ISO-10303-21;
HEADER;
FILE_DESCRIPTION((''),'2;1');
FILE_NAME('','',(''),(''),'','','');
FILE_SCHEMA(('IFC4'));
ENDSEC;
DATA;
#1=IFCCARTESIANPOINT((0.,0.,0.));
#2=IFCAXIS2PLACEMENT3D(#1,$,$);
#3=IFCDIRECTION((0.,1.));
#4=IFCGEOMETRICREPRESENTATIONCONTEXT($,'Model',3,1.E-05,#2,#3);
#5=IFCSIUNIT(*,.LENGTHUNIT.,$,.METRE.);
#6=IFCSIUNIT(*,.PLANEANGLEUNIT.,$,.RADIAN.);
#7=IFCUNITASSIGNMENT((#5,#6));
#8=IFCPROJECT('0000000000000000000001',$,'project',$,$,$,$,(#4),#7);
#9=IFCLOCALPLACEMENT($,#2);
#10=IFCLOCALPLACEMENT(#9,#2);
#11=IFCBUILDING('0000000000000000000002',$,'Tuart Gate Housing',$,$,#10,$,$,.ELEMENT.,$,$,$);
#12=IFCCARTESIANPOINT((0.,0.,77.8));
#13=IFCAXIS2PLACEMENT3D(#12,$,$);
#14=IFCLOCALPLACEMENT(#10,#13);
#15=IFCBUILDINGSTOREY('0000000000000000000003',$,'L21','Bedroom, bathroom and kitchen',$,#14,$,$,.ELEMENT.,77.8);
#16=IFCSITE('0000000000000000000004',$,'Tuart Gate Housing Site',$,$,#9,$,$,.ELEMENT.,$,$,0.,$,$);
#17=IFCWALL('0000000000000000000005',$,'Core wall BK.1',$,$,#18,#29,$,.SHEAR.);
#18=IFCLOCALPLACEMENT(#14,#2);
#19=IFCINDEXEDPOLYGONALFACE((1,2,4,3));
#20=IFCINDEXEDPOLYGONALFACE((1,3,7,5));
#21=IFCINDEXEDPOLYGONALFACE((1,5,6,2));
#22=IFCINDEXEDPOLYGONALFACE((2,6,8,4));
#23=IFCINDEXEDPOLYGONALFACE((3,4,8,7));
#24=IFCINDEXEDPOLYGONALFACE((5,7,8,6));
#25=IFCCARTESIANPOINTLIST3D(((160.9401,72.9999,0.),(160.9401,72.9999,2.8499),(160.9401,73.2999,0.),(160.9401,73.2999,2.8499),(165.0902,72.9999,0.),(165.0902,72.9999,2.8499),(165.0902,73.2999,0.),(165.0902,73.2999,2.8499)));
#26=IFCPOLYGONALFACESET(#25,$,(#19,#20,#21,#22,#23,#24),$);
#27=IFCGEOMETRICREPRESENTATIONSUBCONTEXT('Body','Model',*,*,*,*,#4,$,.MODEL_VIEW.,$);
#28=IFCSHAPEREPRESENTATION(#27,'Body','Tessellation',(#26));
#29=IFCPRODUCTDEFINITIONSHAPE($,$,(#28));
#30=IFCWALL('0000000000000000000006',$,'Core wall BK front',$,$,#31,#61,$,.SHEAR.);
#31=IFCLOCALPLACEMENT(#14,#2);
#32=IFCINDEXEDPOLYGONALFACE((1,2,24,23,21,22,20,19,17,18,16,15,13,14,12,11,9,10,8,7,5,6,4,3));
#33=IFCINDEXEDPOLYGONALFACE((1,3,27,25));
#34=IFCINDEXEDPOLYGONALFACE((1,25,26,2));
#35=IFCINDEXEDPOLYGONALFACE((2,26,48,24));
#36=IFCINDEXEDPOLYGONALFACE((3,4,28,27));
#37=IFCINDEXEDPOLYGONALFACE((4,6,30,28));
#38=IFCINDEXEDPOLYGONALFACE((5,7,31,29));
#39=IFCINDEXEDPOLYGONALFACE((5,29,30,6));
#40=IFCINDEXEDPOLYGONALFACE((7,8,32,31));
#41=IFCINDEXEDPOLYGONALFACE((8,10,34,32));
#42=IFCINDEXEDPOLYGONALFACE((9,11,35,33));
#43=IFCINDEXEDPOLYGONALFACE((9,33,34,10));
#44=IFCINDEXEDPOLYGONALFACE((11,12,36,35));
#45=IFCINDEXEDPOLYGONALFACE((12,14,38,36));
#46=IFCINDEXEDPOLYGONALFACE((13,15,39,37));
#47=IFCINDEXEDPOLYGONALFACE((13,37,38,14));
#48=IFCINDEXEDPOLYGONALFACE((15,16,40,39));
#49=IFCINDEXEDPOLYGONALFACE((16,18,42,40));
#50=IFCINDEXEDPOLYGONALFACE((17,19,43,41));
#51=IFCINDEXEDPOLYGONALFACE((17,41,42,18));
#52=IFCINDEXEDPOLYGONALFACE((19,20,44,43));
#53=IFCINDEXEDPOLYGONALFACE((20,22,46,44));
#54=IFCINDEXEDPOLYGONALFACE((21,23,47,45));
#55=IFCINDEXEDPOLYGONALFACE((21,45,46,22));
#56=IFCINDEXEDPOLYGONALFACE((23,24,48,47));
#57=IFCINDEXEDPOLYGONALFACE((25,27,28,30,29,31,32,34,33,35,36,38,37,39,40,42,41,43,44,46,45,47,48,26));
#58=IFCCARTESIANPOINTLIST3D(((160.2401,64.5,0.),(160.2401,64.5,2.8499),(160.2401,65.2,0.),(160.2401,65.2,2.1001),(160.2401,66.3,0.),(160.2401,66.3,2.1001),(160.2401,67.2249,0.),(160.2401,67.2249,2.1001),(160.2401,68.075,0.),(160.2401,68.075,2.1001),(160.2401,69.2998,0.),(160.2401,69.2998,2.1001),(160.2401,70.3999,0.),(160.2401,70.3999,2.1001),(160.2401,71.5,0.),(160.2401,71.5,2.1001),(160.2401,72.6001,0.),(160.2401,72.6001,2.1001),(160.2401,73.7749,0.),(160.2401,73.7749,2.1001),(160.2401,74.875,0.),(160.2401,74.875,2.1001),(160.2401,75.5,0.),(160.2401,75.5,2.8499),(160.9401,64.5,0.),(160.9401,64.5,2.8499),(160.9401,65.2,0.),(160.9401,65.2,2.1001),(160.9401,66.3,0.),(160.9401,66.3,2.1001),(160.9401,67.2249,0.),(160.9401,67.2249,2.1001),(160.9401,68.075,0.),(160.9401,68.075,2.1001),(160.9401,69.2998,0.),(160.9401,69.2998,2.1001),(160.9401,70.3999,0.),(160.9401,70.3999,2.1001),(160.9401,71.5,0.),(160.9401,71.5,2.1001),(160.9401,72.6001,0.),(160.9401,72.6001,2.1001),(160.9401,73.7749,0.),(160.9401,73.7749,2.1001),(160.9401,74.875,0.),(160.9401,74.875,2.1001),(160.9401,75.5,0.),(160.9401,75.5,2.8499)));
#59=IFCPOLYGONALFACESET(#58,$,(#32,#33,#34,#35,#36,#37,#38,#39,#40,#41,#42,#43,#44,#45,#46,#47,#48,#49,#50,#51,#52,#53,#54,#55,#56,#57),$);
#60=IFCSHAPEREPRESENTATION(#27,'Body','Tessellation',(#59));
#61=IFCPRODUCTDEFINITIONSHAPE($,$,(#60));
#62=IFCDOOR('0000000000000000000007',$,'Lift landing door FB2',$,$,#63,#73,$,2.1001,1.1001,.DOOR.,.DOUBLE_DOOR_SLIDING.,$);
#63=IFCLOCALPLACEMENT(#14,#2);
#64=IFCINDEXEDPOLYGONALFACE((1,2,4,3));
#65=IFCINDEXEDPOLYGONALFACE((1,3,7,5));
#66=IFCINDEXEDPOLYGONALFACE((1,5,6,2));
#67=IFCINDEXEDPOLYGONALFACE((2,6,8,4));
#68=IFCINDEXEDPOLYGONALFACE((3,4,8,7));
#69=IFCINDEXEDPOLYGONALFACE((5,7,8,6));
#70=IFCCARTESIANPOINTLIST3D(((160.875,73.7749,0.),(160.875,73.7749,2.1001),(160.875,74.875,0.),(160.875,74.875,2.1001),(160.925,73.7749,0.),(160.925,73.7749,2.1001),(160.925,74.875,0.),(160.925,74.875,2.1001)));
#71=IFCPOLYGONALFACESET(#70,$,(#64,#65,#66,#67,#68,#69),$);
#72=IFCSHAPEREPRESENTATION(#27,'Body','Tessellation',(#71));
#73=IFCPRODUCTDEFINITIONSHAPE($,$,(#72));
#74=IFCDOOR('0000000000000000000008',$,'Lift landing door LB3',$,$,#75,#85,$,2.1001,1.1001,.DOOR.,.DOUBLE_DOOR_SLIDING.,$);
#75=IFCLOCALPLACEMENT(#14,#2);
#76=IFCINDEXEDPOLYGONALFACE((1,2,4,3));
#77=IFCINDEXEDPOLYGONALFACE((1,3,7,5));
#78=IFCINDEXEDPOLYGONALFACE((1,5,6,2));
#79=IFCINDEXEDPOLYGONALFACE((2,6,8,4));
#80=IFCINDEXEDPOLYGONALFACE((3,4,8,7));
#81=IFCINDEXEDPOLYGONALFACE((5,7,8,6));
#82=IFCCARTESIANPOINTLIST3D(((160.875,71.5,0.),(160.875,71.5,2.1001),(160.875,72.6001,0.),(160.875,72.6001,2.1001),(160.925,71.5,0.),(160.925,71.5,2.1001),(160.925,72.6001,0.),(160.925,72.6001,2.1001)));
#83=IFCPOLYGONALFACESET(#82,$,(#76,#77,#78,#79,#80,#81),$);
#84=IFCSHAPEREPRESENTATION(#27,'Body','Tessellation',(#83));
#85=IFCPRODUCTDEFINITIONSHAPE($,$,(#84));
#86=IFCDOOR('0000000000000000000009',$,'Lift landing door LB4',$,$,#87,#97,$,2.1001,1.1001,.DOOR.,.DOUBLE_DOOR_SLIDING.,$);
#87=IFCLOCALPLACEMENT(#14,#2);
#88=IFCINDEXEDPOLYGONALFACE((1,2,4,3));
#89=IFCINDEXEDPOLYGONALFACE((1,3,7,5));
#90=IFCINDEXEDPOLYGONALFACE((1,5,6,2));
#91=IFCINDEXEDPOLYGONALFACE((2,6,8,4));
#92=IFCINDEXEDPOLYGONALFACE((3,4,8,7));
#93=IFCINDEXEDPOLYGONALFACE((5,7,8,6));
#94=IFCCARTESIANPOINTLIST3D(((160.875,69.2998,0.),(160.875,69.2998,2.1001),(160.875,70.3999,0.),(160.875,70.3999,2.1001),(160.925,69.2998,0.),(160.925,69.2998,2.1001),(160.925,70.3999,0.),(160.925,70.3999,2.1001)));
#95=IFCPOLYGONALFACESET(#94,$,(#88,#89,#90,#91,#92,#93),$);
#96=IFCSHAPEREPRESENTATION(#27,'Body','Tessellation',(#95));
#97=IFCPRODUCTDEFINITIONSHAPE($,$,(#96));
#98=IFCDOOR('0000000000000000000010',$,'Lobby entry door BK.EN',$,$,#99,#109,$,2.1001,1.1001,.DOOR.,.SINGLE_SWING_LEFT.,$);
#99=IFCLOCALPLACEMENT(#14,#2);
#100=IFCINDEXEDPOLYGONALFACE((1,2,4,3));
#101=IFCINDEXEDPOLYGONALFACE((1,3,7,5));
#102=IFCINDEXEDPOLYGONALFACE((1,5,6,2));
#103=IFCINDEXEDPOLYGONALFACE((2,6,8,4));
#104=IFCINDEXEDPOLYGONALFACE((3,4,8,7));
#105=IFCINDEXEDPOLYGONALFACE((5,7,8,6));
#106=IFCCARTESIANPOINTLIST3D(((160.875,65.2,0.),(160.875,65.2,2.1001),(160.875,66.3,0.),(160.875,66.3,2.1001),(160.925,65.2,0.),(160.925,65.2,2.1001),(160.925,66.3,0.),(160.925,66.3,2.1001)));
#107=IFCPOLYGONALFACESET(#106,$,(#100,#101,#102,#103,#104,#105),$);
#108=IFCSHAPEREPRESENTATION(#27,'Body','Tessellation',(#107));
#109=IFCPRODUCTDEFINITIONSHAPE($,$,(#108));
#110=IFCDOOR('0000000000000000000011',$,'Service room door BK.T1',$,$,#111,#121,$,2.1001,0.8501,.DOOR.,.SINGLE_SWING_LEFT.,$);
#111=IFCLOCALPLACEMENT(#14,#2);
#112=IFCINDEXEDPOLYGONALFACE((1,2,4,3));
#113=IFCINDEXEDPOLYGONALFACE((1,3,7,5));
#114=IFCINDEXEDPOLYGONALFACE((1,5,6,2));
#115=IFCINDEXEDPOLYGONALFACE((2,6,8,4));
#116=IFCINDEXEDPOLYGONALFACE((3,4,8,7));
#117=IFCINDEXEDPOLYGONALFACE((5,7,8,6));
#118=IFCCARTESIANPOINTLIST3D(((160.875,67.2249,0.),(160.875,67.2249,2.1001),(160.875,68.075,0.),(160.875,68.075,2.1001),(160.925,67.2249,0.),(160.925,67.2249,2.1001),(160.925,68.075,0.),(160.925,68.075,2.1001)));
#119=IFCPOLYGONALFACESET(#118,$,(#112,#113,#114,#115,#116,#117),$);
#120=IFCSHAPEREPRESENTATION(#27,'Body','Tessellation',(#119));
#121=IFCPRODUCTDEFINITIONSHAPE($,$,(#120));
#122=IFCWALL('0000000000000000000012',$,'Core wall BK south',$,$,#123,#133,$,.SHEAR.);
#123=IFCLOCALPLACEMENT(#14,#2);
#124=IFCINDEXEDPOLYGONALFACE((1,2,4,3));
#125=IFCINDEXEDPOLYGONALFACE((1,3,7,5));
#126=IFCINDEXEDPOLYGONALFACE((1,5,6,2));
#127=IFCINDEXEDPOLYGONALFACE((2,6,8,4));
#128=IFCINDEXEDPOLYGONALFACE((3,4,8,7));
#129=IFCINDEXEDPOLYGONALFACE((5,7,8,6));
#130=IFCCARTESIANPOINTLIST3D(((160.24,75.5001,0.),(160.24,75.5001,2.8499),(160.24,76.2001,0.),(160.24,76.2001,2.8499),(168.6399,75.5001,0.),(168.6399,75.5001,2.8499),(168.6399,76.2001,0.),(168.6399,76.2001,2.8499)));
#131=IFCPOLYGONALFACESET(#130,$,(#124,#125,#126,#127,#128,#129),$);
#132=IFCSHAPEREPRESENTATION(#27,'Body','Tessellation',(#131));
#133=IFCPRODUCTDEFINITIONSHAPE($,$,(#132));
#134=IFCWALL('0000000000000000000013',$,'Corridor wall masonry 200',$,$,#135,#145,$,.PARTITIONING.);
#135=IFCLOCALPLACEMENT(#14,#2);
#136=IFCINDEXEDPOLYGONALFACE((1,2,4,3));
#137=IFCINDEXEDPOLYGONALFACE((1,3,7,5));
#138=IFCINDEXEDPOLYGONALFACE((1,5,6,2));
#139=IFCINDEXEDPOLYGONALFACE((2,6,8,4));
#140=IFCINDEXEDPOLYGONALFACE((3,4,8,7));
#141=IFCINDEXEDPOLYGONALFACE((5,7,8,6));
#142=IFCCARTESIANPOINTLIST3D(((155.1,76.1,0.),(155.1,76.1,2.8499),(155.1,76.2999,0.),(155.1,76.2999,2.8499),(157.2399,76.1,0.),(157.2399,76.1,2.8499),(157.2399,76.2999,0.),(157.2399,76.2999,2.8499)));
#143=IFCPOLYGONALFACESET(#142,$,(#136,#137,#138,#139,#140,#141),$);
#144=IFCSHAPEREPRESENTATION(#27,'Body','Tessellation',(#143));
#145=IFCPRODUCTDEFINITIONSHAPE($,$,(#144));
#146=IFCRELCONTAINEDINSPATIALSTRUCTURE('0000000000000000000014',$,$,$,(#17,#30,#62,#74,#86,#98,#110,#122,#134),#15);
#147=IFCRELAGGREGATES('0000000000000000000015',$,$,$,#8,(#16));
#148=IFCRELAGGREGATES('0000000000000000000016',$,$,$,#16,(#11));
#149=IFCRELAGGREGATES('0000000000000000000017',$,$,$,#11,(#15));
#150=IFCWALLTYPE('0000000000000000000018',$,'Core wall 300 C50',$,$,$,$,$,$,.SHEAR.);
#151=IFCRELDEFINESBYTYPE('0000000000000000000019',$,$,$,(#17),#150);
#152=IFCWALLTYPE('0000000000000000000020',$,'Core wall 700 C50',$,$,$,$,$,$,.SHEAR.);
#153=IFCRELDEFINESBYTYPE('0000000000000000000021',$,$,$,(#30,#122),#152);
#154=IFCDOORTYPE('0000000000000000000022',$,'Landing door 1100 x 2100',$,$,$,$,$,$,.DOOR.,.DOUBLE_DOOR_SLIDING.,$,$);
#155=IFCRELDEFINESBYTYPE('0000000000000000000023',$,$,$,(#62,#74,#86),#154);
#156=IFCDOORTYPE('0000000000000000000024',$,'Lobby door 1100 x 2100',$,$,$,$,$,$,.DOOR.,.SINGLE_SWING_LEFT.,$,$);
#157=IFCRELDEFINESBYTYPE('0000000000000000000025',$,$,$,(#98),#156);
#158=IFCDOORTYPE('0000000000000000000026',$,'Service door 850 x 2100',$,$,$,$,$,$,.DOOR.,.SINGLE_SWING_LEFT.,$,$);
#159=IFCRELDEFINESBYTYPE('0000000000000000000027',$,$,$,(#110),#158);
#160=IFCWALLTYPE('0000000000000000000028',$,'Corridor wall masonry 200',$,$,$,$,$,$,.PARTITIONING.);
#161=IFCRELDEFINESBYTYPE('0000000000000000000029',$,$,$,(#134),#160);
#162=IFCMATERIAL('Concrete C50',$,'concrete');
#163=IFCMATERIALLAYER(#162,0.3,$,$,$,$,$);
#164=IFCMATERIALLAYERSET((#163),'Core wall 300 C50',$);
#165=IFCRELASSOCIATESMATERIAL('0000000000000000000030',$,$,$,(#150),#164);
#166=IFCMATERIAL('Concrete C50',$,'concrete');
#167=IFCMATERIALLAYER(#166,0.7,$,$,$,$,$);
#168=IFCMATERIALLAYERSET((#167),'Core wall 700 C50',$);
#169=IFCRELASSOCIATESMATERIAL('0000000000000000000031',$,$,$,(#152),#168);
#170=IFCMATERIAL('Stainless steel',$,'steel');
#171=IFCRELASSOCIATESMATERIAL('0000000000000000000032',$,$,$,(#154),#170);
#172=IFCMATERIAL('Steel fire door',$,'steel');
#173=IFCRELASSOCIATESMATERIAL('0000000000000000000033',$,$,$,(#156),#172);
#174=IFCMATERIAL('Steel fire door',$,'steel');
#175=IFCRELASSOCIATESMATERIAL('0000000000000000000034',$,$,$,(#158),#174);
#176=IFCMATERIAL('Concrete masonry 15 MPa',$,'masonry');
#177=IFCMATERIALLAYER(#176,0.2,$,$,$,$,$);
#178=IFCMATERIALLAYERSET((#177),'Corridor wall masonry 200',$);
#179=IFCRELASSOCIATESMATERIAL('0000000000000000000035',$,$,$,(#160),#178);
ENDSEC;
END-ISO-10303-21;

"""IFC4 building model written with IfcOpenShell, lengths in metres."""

from ifc_helpers import new_model, si_unit, direction, frame, frame_2d, origin, place, context, subcontext, project, spatial, rectangle, extrude, material, layer, layer_set, type_object, element, fill, save


model = new_model("IFC4")

# Units and contexts
model_context = context("Model", 3, precision=1e-05, world=origin(), true_north=direction((0.0, 1.0)))
body_context = subcontext(model_context, "Body", "Model", "MODEL_VIEW")
ifc_project = project(units=[si_unit("LENGTHUNIT", "METRE"), si_unit("PLANEANGLEUNIT", "RADIAN")], contexts=[model_context])

# Site, building, storey
site_placement = place(None, origin())
site = spatial("IfcSite", under=ifc_project, at=site_placement, Name="Tuart Gate Housing Site", CompositionType="ELEMENT", RefElevation=0.0)
building_placement = place(site_placement, origin())
building = spatial("IfcBuilding", under=site, at=building_placement, Name="Tuart Gate Housing", CompositionType="ELEMENT")
storey_placement = place(building_placement, frame((0.0, 0.0, 77.8)))
storey = spatial("IfcBuildingStorey", under=building, at=storey_placement, Name="L21", Description="Bedroom, bathroom and kitchen", CompositionType="ELEMENT", Elevation=77.8)

# Wall
ifc_material_1 = material(Name="Concrete C50", Category="concrete")
ifc_layer_1 = layer(ifc_material_1, 0.3)
ifc_layer_set_1 = layer_set([ifc_layer_1], Name="Core wall 300 C50")
wall_type_1 = type_object("IfcWallType", Name="Core wall 300 C50", PredefinedType="SHEAR", material=ifc_layer_set_1)
wall_1_placement = place(storey_placement, frame((160.9399, 73.1499, 0.0), z_axis=(0.0, 0.0, 1.0), x_axis=(1.0, 0.0, 0.0)))
element("IfcWall", 1, at=wall_1_placement, inside=storey, type_object=wall_type_1, Name="Core wall BK.1", PredefinedType="SHEAR", context=body_context, shape_type="SweptSolid", body=[
    extrude(rectangle(XDim=4.1501, YDim=0.3, at=frame_2d((2.0752, 0.0))), origin(), (0.0, 0.0, 1.0), 2.8499),
])

# Wall, openings, doors
ifc_material_2 = material(Name="Concrete C50", Category="concrete")
ifc_layer_2 = layer(ifc_material_2, 0.7)
ifc_layer_set_2 = layer_set([ifc_layer_2], Name="Core wall 700 C50")
wall_type_2 = type_object("IfcWallType", Name="Core wall 700 C50", PredefinedType="SHEAR", material=ifc_layer_set_2)
wall_2_placement = place(storey_placement, frame((160.5901, 75.5, 0.0), z_axis=(0.0, 0.0, 1.0), x_axis=(0.0, -1.0, 0.0)))
wall_2 = element("IfcWall", 2, at=wall_2_placement, inside=storey, type_object=wall_type_2, Name="Core wall BK front", PredefinedType="SHEAR", context=body_context, shape_type="SweptSolid", body=[
    extrude(rectangle(XDim=11.0, YDim=0.7, at=frame_2d((5.5, 0.0))), origin(), (0.0, 0.0, 1.0), 2.8499),
])
opening_1_placement = place(wall_2_placement, frame((0.625, 0.0, 0.0)))
opening_1 = element("IfcOpeningElement", 3, at=opening_1_placement, cuts=wall_2, PredefinedType="OPENING", context=body_context, shape_type="SweptSolid", body=[
    extrude(rectangle(XDim=1.1001, YDim=2.1001, at=frame_2d((0.55, 1.05))), frame((0.0, 0.3599, 0.0), z_axis=(0.0, -1.0, 0.0), x_axis=(1.0, 0.0, 0.0)), (0.0, 0.0, 1.0), 0.72),
])
opening_2_placement = place(wall_2_placement, frame((2.8999, 0.0, 0.0)))
opening_2 = element("IfcOpeningElement", 4, at=opening_2_placement, cuts=wall_2, PredefinedType="OPENING", context=body_context, shape_type="SweptSolid", body=[
    extrude(rectangle(XDim=1.1001, YDim=2.1001, at=frame_2d((0.55, 1.05))), frame((0.0, 0.3599, 0.0), z_axis=(0.0, -1.0, 0.0), x_axis=(1.0, 0.0, 0.0)), (0.0, 0.0, 1.0), 0.72),
])
opening_3_placement = place(wall_2_placement, frame((5.1001, 0.0, 0.0)))
opening_3 = element("IfcOpeningElement", 5, at=opening_3_placement, cuts=wall_2, PredefinedType="OPENING", context=body_context, shape_type="SweptSolid", body=[
    extrude(rectangle(XDim=1.1001, YDim=2.1001, at=frame_2d((0.55, 1.05))), frame((0.0, 0.3599, 0.0), z_axis=(0.0, -1.0, 0.0), x_axis=(1.0, 0.0, 0.0)), (0.0, 0.0, 1.0), 0.72),
])
opening_4_placement = place(wall_2_placement, frame((9.2, 0.0, 0.0)))
opening_4 = element("IfcOpeningElement", 6, at=opening_4_placement, cuts=wall_2, PredefinedType="OPENING", context=body_context, shape_type="SweptSolid", body=[
    extrude(rectangle(XDim=1.1001, YDim=2.1001, at=frame_2d((0.55, 1.05))), frame((0.0, 0.3599, 0.0), z_axis=(0.0, -1.0, 0.0), x_axis=(1.0, 0.0, 0.0)), (0.0, 0.0, 1.0), 0.72),
])
opening_5_placement = place(wall_2_placement, frame((7.425, 0.0, 0.0)))
opening_5 = element("IfcOpeningElement", 7, at=opening_5_placement, cuts=wall_2, PredefinedType="OPENING", context=body_context, shape_type="SweptSolid", body=[
    extrude(rectangle(XDim=0.8501, YDim=2.1001, at=frame_2d((0.425, 1.05))), frame((0.0, 0.3599, 0.0), z_axis=(0.0, -1.0, 0.0), x_axis=(1.0, 0.0, 0.0)), (0.0, 0.0, 1.0), 0.72),
])
ifc_material_3 = material(Name="Stainless steel", Category="steel")
door_type_1 = type_object("IfcDoorType", Name="Landing door 1100 x 2100", OperationType="DOUBLE_DOOR_SLIDING", PredefinedType="DOOR", material=ifc_material_3)
door_1_placement = place(opening_1_placement, origin())
door_1 = element("IfcDoor", 8, at=door_1_placement, inside=storey, type_object=door_type_1, Name="Lift landing door FB2", OperationType="DOUBLE_DOOR_SLIDING", OverallHeight=2.1001, OverallWidth=1.1001, PredefinedType="DOOR", context=body_context, shape_type="SweptSolid", body=[
    extrude(rectangle(XDim=1.1001, YDim=2.1001, at=frame_2d((0.55, 1.05))), frame((0.0, 0.335, 0.0), z_axis=(0.0, -1.0, 0.0), x_axis=(1.0, 0.0, 0.0)), (0.0, 0.0, 1.0), 0.05),
])
fill(opening_1, door_1)
door_2_placement = place(opening_2_placement, origin())
door_2 = element("IfcDoor", 9, at=door_2_placement, inside=storey, type_object=door_type_1, Name="Lift landing door LB3", OperationType="DOUBLE_DOOR_SLIDING", OverallHeight=2.1001, OverallWidth=1.1001, PredefinedType="DOOR", context=body_context, shape_type="SweptSolid", body=[
    extrude(rectangle(XDim=1.1001, YDim=2.1001, at=frame_2d((0.55, 1.05))), frame((0.0, 0.335, 0.0), z_axis=(0.0, -1.0, 0.0), x_axis=(1.0, 0.0, 0.0)), (0.0, 0.0, 1.0), 0.05),
])
fill(opening_2, door_2)
door_3_placement = place(opening_3_placement, origin())
door_3 = element("IfcDoor", 10, at=door_3_placement, inside=storey, type_object=door_type_1, Name="Lift landing door LB4", OperationType="DOUBLE_DOOR_SLIDING", OverallHeight=2.1001, OverallWidth=1.1001, PredefinedType="DOOR", context=body_context, shape_type="SweptSolid", body=[
    extrude(rectangle(XDim=1.1001, YDim=2.1001, at=frame_2d((0.55, 1.05))), frame((0.0, 0.335, 0.0), z_axis=(0.0, -1.0, 0.0), x_axis=(1.0, 0.0, 0.0)), (0.0, 0.0, 1.0), 0.05),
])
fill(opening_3, door_3)
ifc_material_4 = material(Name="Steel fire door", Category="steel")
door_type_2 = type_object("IfcDoorType", Name="Lobby door 1100 x 2100", OperationType="SINGLE_SWING_LEFT", PredefinedType="DOOR", material=ifc_material_4)
door_4_placement = place(opening_4_placement, origin())
door_4 = element("IfcDoor", 11, at=door_4_placement, inside=storey, type_object=door_type_2, Name="Lobby entry door BK.EN", OperationType="SINGLE_SWING_LEFT", OverallHeight=2.1001, OverallWidth=1.1001, PredefinedType="DOOR", context=body_context, shape_type="SweptSolid", body=[
    extrude(rectangle(XDim=1.1001, YDim=2.1001, at=frame_2d((0.55, 1.05))), frame((0.0, 0.335, 0.0), z_axis=(0.0, -1.0, 0.0), x_axis=(1.0, 0.0, 0.0)), (0.0, 0.0, 1.0), 0.05),
])
fill(opening_4, door_4)
ifc_material_5 = material(Name="Steel fire door", Category="steel")
door_type_3 = type_object("IfcDoorType", Name="Service door 850 x 2100", OperationType="SINGLE_SWING_LEFT", PredefinedType="DOOR", material=ifc_material_5)
door_5_placement = place(opening_5_placement, origin())
door_5 = element("IfcDoor", 12, at=door_5_placement, inside=storey, type_object=door_type_3, Name="Service room door BK.T1", OperationType="SINGLE_SWING_LEFT", OverallHeight=2.1001, OverallWidth=0.8501, PredefinedType="DOOR", context=body_context, shape_type="SweptSolid", body=[
    extrude(rectangle(XDim=0.8501, YDim=2.1001, at=frame_2d((0.425, 1.05))), frame((0.0, 0.335, 0.0), z_axis=(0.0, -1.0, 0.0), x_axis=(1.0, 0.0, 0.0)), (0.0, 0.0, 1.0), 0.05),
])
fill(opening_5, door_5)

# Walls
wall_3_placement = place(storey_placement, frame((160.24, 75.8501, 0.0), z_axis=(0.0, 0.0, 1.0), x_axis=(1.0, 0.0, 0.0)))
element("IfcWall", 13, at=wall_3_placement, inside=storey, type_object=wall_type_2, Name="Core wall BK south", PredefinedType="SHEAR", context=body_context, shape_type="SweptSolid", body=[
    extrude(rectangle(XDim=8.3999, YDim=0.7, at=frame_2d((4.2, 0.0))), origin(), (0.0, 0.0, 1.0), 2.8499),
])
ifc_material_6 = material(Name="Concrete masonry 15 MPa", Category="masonry")
ifc_layer_3 = layer(ifc_material_6, 0.2)
ifc_layer_set_3 = layer_set([ifc_layer_3], Name="Corridor wall masonry 200")
wall_type_3 = type_object("IfcWallType", Name="Corridor wall masonry 200", PredefinedType="PARTITIONING", material=ifc_layer_set_3)
wall_4_placement = place(storey_placement, frame((155.1001, 76.2, 0.0), z_axis=(0.0, 0.0, 1.0), x_axis=(1.0, 0.0, 0.0)))
element("IfcWall", 14, at=wall_4_placement, inside=storey, type_object=wall_type_3, Name="Corridor wall masonry 200", PredefinedType="PARTITIONING", context=body_context, shape_type="SweptSolid", body=[
    extrude(rectangle(XDim=2.1399, YDim=0.2, at=frame_2d((1.0698, 0.0))), origin(), (0.0, 0.0, 1.0), 2.8499),
])

save(model, "model.ifc")
